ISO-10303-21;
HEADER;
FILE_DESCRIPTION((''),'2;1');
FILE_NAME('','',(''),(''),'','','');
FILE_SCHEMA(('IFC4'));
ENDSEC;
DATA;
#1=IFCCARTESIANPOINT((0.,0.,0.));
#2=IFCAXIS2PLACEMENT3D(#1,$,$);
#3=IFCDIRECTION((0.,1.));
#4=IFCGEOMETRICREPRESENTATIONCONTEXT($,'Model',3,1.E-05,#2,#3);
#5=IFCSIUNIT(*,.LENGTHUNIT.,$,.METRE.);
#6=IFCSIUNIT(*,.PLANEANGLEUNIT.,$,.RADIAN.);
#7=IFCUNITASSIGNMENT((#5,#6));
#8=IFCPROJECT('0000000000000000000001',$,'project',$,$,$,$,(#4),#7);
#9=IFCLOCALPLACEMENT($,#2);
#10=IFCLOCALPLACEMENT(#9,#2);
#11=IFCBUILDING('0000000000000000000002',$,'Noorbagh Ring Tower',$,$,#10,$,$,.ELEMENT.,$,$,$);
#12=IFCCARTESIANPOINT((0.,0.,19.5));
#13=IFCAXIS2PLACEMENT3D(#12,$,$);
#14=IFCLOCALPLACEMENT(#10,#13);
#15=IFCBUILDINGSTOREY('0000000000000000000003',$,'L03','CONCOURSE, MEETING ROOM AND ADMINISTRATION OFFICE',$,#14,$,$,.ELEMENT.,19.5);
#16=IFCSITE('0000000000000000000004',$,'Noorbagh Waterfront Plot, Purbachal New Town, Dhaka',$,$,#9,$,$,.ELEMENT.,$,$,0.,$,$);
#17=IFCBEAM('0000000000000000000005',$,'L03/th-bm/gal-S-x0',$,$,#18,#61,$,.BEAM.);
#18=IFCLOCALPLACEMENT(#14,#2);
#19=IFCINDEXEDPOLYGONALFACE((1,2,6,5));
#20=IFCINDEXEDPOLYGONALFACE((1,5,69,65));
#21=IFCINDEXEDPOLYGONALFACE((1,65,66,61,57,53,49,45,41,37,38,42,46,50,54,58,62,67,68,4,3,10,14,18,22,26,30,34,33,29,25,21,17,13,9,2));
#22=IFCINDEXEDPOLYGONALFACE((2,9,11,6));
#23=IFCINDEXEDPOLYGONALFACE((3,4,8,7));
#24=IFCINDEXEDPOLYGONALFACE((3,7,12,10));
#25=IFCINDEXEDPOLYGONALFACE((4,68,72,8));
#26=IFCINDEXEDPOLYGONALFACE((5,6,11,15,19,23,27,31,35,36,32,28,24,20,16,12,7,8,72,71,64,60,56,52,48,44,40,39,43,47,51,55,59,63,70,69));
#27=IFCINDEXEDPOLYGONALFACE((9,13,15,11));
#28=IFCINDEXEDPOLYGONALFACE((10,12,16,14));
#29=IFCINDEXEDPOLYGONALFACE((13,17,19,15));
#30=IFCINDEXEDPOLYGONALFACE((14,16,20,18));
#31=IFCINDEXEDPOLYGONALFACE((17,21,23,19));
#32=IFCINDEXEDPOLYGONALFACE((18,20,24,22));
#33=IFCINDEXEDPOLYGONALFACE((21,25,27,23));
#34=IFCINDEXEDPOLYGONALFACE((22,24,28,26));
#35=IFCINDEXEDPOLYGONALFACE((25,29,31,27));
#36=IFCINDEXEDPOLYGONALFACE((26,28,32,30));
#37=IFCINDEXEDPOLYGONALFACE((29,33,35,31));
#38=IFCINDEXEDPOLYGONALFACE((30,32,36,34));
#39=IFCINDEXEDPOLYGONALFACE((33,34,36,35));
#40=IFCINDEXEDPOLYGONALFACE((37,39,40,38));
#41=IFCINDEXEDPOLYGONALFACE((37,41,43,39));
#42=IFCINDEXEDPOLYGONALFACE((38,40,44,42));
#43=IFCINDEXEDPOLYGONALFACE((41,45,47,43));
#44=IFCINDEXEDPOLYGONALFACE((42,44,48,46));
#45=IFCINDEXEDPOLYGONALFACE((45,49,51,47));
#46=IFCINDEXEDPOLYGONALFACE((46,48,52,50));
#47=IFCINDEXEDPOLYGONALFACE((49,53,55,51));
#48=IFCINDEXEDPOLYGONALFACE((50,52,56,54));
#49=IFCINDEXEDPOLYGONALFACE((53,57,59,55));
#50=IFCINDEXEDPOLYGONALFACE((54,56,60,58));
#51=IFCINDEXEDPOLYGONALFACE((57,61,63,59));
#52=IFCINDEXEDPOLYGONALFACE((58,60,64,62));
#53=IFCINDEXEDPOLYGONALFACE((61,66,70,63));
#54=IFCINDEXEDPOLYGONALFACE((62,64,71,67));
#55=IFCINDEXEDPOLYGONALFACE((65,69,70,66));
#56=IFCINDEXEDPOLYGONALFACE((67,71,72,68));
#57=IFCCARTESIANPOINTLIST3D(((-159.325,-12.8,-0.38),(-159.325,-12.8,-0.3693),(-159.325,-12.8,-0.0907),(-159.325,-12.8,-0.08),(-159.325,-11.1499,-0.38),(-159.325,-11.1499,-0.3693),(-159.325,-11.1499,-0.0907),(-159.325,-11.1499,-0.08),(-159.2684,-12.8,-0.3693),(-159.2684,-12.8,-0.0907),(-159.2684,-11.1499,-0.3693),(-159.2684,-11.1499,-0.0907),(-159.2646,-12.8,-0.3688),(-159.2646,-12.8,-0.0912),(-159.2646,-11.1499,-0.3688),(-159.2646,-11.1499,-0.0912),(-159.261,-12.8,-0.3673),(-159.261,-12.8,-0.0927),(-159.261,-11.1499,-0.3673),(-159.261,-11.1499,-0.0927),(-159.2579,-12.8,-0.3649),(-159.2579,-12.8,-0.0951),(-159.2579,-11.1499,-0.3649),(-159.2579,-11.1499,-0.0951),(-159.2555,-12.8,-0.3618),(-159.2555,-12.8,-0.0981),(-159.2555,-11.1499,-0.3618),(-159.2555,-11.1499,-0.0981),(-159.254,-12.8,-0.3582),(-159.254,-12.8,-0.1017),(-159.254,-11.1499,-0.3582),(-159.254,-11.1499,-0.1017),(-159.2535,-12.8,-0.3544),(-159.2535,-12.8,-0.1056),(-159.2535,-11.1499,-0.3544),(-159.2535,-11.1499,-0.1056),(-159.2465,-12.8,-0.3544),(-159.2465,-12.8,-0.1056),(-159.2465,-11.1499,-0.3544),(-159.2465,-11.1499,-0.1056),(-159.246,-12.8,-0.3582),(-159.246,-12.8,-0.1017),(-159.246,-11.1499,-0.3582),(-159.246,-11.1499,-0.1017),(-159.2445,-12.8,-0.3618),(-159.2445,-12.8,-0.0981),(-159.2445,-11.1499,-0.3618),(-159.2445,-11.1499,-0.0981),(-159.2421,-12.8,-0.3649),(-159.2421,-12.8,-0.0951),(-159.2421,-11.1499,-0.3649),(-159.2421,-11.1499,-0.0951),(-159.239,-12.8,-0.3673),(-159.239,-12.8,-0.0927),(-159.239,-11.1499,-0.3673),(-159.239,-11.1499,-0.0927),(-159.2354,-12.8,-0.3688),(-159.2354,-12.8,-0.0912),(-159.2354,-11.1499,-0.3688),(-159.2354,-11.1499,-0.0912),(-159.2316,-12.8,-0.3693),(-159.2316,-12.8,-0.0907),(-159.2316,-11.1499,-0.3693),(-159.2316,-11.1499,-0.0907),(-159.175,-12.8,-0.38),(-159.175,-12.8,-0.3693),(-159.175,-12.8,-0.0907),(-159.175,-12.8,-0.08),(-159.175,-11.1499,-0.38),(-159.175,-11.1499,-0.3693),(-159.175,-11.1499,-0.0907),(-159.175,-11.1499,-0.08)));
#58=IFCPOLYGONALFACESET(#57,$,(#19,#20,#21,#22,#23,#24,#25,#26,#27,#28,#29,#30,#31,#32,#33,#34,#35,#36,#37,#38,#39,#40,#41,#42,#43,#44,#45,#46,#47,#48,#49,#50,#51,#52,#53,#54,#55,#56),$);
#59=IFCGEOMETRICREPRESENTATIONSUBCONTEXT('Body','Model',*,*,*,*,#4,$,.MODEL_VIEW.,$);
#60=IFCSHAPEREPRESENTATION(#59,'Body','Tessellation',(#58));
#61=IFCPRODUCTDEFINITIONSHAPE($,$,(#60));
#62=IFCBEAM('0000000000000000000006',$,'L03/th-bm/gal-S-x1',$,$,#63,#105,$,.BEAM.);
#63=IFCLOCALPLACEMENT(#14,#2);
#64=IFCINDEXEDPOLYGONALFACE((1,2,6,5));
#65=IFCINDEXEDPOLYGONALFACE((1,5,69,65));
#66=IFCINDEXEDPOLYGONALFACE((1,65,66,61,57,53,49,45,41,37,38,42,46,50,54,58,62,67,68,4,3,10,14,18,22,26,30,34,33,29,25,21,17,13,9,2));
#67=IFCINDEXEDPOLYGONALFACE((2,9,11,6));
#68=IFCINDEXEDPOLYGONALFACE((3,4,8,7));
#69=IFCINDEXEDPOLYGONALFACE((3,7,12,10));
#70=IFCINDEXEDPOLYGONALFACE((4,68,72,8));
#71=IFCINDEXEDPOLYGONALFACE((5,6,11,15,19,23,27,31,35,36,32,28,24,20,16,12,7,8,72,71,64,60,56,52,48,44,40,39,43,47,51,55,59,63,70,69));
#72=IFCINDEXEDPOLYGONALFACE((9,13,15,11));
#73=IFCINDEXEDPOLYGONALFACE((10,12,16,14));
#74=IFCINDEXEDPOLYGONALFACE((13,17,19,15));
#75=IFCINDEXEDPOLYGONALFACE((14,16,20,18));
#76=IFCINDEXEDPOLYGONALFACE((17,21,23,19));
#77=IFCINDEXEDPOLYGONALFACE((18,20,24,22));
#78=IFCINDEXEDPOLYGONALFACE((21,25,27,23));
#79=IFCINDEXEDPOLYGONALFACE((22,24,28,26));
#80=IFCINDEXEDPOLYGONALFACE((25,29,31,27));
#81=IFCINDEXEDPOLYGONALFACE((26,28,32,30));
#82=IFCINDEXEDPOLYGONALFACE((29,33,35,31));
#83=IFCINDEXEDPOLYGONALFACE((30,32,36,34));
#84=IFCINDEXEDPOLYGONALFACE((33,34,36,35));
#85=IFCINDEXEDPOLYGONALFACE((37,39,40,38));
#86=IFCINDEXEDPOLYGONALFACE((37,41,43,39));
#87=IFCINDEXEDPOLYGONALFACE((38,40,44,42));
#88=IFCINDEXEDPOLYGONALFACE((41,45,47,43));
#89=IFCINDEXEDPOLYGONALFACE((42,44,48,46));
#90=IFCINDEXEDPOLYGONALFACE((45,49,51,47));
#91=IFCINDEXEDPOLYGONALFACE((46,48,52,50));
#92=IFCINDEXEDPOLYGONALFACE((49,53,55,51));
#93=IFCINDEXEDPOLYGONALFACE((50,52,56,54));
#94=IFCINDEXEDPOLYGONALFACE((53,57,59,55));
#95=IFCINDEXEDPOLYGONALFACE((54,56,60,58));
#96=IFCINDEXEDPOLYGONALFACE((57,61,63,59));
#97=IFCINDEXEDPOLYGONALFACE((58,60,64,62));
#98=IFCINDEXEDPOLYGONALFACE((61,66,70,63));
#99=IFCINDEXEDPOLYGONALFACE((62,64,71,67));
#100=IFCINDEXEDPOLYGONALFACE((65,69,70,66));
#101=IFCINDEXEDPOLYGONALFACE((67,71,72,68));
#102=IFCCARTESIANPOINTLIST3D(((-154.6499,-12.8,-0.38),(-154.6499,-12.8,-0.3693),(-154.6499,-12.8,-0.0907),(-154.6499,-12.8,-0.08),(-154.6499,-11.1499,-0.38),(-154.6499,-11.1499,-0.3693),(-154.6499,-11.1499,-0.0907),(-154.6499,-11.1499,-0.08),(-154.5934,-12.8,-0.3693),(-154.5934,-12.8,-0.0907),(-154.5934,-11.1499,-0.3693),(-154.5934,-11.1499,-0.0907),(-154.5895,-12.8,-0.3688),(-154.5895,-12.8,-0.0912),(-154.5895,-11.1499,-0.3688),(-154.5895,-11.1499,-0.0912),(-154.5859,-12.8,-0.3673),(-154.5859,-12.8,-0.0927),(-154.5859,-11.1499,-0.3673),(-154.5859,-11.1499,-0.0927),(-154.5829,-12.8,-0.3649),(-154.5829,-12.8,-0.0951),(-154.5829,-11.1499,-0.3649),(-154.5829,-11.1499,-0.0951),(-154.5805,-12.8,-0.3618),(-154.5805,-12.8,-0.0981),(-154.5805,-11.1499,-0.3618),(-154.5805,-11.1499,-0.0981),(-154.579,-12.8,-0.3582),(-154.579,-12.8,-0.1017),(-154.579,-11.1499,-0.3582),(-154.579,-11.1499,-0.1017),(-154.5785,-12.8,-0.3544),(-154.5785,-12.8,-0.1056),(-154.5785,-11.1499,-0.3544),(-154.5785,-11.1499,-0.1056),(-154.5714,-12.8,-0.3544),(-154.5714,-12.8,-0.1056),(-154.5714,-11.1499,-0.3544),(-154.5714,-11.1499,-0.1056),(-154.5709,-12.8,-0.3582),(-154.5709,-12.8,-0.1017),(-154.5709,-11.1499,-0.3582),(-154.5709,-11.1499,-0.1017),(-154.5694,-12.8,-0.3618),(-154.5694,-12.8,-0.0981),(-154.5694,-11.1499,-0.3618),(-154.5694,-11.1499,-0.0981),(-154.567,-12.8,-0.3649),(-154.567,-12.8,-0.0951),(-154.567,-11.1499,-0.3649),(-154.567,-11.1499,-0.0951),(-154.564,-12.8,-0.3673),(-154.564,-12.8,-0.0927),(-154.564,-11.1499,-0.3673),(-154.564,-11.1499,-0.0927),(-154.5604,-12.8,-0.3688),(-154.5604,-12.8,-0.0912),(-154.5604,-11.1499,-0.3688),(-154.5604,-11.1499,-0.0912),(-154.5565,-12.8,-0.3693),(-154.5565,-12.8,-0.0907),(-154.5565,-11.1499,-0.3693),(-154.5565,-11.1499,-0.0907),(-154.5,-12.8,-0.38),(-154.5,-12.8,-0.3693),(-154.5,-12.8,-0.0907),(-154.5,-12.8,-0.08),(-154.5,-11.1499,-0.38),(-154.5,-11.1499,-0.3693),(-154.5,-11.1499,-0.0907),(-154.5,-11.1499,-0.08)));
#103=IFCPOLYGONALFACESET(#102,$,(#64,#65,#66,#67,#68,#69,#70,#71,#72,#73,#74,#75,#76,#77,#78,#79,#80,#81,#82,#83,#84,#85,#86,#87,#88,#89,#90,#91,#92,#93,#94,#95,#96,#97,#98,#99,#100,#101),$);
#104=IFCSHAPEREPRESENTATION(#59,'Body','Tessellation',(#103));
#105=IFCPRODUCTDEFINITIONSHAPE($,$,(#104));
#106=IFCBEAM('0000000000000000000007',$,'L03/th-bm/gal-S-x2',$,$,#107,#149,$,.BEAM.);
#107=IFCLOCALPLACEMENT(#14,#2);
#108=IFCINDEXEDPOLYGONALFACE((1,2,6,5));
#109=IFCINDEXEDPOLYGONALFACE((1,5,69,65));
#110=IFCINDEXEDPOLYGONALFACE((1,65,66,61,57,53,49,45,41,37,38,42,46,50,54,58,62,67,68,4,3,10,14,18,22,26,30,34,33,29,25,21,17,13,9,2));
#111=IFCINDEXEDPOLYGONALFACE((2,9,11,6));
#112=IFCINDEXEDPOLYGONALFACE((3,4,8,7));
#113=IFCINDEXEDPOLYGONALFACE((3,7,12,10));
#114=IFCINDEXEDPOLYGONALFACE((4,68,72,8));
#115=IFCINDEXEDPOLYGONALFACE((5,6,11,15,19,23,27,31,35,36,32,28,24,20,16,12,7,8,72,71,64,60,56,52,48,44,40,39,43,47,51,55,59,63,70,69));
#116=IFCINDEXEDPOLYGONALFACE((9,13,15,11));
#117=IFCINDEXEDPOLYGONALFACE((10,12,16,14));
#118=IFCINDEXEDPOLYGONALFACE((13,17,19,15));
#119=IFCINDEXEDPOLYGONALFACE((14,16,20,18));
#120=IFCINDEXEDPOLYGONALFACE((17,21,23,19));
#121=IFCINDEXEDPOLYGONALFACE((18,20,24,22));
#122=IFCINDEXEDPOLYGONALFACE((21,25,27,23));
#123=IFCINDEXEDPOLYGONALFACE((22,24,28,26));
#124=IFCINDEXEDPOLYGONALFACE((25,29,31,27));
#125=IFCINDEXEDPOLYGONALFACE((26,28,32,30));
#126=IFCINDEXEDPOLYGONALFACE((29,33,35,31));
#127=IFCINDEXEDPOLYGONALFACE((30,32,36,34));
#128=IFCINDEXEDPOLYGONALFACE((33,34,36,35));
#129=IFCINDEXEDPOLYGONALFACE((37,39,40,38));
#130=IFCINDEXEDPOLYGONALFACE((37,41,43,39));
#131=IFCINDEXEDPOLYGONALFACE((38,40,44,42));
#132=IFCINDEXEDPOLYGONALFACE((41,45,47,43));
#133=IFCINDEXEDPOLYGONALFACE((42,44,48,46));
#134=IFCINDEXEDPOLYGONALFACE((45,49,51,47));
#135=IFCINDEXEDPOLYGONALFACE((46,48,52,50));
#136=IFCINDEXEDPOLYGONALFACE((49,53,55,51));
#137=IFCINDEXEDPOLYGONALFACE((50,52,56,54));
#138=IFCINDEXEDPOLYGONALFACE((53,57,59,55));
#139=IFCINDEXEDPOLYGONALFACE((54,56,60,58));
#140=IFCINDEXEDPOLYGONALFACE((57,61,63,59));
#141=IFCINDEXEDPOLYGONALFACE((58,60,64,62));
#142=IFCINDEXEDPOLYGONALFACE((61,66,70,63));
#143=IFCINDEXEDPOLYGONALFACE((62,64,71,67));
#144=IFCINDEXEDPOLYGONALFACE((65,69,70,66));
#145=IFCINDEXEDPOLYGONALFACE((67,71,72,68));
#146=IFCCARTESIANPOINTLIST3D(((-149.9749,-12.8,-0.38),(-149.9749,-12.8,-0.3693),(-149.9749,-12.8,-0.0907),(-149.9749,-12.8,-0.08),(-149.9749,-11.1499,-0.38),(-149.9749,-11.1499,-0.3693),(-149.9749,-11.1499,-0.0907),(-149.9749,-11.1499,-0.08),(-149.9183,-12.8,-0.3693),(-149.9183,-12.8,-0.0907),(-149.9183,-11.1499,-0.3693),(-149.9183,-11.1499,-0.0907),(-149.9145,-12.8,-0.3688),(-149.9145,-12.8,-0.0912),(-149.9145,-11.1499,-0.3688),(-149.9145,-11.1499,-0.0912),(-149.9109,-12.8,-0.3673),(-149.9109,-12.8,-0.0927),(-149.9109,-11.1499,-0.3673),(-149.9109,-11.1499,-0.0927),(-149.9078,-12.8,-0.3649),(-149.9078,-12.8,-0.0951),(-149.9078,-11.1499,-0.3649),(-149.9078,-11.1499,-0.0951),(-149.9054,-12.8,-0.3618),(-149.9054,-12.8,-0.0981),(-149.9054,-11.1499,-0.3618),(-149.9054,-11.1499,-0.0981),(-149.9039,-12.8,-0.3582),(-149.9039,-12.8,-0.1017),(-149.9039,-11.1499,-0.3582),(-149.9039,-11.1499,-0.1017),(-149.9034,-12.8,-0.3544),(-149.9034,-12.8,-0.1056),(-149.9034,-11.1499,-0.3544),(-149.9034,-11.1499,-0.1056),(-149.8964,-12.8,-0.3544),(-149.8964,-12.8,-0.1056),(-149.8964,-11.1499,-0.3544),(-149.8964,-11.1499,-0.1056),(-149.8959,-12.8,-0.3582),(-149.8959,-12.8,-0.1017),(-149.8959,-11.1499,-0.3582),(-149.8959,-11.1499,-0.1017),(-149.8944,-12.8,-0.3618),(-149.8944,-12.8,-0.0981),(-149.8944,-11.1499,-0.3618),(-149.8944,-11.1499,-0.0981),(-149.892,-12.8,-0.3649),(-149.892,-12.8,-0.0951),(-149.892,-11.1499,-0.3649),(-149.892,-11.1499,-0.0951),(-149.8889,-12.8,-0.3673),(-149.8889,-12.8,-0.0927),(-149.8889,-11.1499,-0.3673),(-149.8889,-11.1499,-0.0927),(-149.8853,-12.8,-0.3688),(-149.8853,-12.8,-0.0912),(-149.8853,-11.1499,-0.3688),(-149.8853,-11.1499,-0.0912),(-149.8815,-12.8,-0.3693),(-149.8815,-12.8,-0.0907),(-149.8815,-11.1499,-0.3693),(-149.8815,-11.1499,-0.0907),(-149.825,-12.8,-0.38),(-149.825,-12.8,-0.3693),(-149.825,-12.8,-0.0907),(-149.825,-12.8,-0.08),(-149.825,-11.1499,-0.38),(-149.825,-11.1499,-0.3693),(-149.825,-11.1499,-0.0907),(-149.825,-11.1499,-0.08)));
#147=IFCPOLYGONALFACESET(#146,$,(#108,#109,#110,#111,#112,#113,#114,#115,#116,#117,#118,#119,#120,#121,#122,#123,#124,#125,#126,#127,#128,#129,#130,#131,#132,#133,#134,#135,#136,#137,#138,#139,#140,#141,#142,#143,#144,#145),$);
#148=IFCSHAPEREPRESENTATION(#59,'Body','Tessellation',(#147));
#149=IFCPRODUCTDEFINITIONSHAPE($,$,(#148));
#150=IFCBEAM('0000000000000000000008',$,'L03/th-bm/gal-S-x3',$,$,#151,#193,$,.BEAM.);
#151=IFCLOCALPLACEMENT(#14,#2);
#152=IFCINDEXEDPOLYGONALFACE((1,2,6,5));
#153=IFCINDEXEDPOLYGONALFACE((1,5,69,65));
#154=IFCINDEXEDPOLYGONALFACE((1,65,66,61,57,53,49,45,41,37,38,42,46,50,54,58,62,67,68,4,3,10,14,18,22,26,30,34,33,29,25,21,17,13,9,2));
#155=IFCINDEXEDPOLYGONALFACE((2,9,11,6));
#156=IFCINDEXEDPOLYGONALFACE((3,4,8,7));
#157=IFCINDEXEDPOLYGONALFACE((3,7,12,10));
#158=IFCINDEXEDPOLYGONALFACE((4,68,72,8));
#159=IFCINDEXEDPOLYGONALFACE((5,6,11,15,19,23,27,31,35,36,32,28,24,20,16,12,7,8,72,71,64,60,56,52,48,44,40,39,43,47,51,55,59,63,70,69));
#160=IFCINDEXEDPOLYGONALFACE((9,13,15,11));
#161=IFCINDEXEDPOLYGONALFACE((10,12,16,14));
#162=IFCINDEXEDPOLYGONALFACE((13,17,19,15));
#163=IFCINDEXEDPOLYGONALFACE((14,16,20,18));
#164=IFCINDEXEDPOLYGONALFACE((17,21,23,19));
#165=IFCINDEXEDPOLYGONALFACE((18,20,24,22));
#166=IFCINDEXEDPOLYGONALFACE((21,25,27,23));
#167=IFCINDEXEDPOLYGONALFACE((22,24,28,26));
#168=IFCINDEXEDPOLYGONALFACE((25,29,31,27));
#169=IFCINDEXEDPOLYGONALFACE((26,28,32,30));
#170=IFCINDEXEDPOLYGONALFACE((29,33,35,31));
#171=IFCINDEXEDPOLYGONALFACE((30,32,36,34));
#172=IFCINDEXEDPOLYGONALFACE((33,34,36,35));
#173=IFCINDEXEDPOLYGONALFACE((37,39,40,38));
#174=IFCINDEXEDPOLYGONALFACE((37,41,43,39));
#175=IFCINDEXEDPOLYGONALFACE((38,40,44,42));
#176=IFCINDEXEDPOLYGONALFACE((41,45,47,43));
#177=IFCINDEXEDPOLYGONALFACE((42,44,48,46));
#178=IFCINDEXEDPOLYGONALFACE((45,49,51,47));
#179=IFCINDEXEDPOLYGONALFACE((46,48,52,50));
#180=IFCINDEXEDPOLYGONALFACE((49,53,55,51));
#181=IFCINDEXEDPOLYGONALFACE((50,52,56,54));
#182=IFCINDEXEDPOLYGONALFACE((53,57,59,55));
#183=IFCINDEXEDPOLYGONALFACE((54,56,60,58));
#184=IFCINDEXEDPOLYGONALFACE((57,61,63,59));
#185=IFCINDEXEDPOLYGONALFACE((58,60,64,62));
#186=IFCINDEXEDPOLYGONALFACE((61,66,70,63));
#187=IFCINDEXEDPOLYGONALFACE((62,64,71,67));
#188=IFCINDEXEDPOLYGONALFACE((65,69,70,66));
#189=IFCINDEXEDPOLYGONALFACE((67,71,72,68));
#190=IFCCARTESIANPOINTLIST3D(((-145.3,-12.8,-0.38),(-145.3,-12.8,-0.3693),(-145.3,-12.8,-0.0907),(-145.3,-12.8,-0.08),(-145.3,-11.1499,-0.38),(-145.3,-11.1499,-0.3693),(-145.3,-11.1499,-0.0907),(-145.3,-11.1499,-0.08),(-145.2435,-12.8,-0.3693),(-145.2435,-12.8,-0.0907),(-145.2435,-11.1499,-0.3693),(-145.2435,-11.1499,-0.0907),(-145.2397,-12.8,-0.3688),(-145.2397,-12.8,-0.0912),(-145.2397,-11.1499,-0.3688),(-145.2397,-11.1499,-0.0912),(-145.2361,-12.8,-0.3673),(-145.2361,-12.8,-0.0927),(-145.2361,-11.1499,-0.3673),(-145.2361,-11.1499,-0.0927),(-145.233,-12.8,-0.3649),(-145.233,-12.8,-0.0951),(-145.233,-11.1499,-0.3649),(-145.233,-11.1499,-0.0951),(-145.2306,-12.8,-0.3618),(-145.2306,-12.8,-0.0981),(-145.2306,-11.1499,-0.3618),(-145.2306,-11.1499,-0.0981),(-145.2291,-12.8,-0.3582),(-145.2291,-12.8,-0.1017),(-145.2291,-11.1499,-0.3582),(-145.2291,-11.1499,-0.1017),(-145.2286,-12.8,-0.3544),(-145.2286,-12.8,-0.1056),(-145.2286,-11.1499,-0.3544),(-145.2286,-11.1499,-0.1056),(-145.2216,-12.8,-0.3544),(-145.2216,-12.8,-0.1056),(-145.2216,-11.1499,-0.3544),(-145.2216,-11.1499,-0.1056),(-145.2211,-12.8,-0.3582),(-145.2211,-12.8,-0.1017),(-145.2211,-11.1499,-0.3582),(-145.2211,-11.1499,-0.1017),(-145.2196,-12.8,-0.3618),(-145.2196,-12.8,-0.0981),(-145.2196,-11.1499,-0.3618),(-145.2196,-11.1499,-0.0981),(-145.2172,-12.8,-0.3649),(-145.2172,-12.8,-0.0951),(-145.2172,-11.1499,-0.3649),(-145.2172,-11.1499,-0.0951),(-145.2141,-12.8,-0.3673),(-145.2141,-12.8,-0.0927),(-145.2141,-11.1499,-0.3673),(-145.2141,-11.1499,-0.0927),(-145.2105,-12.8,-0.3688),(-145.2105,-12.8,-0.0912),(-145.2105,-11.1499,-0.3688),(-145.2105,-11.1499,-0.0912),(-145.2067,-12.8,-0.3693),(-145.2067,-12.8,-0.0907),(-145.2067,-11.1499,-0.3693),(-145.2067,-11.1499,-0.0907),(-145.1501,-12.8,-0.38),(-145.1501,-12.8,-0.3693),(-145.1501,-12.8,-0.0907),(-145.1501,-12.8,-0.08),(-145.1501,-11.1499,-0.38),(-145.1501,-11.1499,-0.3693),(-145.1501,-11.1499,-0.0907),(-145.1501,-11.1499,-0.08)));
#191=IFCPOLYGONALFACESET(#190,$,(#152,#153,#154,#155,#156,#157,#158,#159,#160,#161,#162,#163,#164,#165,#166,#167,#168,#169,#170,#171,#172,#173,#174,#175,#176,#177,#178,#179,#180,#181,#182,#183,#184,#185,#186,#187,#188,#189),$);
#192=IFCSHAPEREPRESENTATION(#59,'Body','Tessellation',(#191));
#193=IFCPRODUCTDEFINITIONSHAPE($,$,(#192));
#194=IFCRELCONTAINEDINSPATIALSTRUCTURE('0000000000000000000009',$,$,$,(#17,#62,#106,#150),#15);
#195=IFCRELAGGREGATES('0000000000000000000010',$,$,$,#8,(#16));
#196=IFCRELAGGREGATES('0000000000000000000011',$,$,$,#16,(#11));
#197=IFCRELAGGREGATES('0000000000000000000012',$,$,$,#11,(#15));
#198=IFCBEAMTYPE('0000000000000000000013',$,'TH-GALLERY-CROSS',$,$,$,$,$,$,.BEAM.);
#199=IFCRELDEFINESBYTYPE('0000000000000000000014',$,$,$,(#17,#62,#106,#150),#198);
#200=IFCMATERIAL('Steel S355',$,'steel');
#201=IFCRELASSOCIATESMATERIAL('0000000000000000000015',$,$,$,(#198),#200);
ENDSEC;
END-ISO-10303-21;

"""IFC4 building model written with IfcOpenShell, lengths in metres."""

from ifc_helpers import new_model, si_unit, direction, frame, origin, origin_2d, place, context, subcontext, project, spatial, i_section, extrude, material, material_profile, profile_set, type_object, element, save


model = new_model("IFC4")

# Units and contexts
model_context = context("Model", 3, precision=1e-05, world=origin(), true_north=direction((0.0, 1.0)))
body_context = subcontext(model_context, "Body", "Model", "MODEL_VIEW")
ifc_project = project(units=[si_unit("LENGTHUNIT", "METRE"), si_unit("PLANEANGLEUNIT", "RADIAN")], contexts=[model_context])

# Site, building, storey
site_placement = place(None, origin())
site = spatial("IfcSite", under=ifc_project, at=site_placement, Name="Noorbagh Waterfront Plot, Purbachal New Town, Dhaka", CompositionType="ELEMENT", RefElevation=0.0)
building_placement = place(site_placement, origin())
building = spatial("IfcBuilding", under=site, at=building_placement, Name="Noorbagh Ring Tower", CompositionType="ELEMENT")
storey_placement = place(building_placement, frame((0.0, 0.0, 19.5)))
storey = spatial("IfcBuildingStorey", under=building, at=storey_placement, Name="L03", Description="CONCOURSE, MEETING ROOM AND ADMINISTRATION OFFICE", CompositionType="ELEMENT", Elevation=19.5)

# Beams
ifc_material_1 = material(Name="Steel S355", Category="steel")
ifc_material_profile_1 = material_profile(ifc_material_1, i_section(OverallWidth=0.1499, OverallDepth=0.3, WebThickness=0.0071, FlangeThickness=0.0107, FilletRadius=0.0149, at=origin_2d()), Name="IPE300")
ifc_profile_set_1 = profile_set([ifc_material_profile_1], Name="Steel S355")
beam_type_1 = type_object("IfcBeamType", Name="TH-GALLERY-CROSS", PredefinedType="BEAM", material=ifc_profile_set_1)
for number, where, z_axis, x_axis, name in (
    (1, (-159.25, -12.8, -0.23), (0.0, 1.0, 0.0), (-1.0, 0.0, 0.0), "L03/th-bm/gal-S-x0"),
    (2, (-154.575, -12.8, -0.23), (0.0, 1.0, 0.0), (-1.0, 0.0, 0.0), "L03/th-bm/gal-S-x1"),
    (3, (-149.8999, -12.8, -0.23), (0.0, 1.0, 0.0), (-1.0, 0.0, 0.0), "L03/th-bm/gal-S-x2"),
    (4, (-145.2251, -12.8, -0.23), (0.0, 1.0, 0.0), (-1.0, 0.0, 0.0), "L03/th-bm/gal-S-x3"),
):
    element("IfcBeam", number, at=place(storey_placement, frame(where, z_axis=z_axis, x_axis=x_axis)), inside=storey, type_object=beam_type_1, Name=name, PredefinedType="BEAM", context=body_context, shape_type="SweptSolid", body=[
        extrude(i_section(OverallWidth=0.1499, OverallDepth=0.3, WebThickness=0.0071, FlangeThickness=0.0107, FilletRadius=0.0149, at=origin_2d()), origin(), (0.0, 0.0, 1.0), 1.6501),
    ])

save(model, "model.ifc")
